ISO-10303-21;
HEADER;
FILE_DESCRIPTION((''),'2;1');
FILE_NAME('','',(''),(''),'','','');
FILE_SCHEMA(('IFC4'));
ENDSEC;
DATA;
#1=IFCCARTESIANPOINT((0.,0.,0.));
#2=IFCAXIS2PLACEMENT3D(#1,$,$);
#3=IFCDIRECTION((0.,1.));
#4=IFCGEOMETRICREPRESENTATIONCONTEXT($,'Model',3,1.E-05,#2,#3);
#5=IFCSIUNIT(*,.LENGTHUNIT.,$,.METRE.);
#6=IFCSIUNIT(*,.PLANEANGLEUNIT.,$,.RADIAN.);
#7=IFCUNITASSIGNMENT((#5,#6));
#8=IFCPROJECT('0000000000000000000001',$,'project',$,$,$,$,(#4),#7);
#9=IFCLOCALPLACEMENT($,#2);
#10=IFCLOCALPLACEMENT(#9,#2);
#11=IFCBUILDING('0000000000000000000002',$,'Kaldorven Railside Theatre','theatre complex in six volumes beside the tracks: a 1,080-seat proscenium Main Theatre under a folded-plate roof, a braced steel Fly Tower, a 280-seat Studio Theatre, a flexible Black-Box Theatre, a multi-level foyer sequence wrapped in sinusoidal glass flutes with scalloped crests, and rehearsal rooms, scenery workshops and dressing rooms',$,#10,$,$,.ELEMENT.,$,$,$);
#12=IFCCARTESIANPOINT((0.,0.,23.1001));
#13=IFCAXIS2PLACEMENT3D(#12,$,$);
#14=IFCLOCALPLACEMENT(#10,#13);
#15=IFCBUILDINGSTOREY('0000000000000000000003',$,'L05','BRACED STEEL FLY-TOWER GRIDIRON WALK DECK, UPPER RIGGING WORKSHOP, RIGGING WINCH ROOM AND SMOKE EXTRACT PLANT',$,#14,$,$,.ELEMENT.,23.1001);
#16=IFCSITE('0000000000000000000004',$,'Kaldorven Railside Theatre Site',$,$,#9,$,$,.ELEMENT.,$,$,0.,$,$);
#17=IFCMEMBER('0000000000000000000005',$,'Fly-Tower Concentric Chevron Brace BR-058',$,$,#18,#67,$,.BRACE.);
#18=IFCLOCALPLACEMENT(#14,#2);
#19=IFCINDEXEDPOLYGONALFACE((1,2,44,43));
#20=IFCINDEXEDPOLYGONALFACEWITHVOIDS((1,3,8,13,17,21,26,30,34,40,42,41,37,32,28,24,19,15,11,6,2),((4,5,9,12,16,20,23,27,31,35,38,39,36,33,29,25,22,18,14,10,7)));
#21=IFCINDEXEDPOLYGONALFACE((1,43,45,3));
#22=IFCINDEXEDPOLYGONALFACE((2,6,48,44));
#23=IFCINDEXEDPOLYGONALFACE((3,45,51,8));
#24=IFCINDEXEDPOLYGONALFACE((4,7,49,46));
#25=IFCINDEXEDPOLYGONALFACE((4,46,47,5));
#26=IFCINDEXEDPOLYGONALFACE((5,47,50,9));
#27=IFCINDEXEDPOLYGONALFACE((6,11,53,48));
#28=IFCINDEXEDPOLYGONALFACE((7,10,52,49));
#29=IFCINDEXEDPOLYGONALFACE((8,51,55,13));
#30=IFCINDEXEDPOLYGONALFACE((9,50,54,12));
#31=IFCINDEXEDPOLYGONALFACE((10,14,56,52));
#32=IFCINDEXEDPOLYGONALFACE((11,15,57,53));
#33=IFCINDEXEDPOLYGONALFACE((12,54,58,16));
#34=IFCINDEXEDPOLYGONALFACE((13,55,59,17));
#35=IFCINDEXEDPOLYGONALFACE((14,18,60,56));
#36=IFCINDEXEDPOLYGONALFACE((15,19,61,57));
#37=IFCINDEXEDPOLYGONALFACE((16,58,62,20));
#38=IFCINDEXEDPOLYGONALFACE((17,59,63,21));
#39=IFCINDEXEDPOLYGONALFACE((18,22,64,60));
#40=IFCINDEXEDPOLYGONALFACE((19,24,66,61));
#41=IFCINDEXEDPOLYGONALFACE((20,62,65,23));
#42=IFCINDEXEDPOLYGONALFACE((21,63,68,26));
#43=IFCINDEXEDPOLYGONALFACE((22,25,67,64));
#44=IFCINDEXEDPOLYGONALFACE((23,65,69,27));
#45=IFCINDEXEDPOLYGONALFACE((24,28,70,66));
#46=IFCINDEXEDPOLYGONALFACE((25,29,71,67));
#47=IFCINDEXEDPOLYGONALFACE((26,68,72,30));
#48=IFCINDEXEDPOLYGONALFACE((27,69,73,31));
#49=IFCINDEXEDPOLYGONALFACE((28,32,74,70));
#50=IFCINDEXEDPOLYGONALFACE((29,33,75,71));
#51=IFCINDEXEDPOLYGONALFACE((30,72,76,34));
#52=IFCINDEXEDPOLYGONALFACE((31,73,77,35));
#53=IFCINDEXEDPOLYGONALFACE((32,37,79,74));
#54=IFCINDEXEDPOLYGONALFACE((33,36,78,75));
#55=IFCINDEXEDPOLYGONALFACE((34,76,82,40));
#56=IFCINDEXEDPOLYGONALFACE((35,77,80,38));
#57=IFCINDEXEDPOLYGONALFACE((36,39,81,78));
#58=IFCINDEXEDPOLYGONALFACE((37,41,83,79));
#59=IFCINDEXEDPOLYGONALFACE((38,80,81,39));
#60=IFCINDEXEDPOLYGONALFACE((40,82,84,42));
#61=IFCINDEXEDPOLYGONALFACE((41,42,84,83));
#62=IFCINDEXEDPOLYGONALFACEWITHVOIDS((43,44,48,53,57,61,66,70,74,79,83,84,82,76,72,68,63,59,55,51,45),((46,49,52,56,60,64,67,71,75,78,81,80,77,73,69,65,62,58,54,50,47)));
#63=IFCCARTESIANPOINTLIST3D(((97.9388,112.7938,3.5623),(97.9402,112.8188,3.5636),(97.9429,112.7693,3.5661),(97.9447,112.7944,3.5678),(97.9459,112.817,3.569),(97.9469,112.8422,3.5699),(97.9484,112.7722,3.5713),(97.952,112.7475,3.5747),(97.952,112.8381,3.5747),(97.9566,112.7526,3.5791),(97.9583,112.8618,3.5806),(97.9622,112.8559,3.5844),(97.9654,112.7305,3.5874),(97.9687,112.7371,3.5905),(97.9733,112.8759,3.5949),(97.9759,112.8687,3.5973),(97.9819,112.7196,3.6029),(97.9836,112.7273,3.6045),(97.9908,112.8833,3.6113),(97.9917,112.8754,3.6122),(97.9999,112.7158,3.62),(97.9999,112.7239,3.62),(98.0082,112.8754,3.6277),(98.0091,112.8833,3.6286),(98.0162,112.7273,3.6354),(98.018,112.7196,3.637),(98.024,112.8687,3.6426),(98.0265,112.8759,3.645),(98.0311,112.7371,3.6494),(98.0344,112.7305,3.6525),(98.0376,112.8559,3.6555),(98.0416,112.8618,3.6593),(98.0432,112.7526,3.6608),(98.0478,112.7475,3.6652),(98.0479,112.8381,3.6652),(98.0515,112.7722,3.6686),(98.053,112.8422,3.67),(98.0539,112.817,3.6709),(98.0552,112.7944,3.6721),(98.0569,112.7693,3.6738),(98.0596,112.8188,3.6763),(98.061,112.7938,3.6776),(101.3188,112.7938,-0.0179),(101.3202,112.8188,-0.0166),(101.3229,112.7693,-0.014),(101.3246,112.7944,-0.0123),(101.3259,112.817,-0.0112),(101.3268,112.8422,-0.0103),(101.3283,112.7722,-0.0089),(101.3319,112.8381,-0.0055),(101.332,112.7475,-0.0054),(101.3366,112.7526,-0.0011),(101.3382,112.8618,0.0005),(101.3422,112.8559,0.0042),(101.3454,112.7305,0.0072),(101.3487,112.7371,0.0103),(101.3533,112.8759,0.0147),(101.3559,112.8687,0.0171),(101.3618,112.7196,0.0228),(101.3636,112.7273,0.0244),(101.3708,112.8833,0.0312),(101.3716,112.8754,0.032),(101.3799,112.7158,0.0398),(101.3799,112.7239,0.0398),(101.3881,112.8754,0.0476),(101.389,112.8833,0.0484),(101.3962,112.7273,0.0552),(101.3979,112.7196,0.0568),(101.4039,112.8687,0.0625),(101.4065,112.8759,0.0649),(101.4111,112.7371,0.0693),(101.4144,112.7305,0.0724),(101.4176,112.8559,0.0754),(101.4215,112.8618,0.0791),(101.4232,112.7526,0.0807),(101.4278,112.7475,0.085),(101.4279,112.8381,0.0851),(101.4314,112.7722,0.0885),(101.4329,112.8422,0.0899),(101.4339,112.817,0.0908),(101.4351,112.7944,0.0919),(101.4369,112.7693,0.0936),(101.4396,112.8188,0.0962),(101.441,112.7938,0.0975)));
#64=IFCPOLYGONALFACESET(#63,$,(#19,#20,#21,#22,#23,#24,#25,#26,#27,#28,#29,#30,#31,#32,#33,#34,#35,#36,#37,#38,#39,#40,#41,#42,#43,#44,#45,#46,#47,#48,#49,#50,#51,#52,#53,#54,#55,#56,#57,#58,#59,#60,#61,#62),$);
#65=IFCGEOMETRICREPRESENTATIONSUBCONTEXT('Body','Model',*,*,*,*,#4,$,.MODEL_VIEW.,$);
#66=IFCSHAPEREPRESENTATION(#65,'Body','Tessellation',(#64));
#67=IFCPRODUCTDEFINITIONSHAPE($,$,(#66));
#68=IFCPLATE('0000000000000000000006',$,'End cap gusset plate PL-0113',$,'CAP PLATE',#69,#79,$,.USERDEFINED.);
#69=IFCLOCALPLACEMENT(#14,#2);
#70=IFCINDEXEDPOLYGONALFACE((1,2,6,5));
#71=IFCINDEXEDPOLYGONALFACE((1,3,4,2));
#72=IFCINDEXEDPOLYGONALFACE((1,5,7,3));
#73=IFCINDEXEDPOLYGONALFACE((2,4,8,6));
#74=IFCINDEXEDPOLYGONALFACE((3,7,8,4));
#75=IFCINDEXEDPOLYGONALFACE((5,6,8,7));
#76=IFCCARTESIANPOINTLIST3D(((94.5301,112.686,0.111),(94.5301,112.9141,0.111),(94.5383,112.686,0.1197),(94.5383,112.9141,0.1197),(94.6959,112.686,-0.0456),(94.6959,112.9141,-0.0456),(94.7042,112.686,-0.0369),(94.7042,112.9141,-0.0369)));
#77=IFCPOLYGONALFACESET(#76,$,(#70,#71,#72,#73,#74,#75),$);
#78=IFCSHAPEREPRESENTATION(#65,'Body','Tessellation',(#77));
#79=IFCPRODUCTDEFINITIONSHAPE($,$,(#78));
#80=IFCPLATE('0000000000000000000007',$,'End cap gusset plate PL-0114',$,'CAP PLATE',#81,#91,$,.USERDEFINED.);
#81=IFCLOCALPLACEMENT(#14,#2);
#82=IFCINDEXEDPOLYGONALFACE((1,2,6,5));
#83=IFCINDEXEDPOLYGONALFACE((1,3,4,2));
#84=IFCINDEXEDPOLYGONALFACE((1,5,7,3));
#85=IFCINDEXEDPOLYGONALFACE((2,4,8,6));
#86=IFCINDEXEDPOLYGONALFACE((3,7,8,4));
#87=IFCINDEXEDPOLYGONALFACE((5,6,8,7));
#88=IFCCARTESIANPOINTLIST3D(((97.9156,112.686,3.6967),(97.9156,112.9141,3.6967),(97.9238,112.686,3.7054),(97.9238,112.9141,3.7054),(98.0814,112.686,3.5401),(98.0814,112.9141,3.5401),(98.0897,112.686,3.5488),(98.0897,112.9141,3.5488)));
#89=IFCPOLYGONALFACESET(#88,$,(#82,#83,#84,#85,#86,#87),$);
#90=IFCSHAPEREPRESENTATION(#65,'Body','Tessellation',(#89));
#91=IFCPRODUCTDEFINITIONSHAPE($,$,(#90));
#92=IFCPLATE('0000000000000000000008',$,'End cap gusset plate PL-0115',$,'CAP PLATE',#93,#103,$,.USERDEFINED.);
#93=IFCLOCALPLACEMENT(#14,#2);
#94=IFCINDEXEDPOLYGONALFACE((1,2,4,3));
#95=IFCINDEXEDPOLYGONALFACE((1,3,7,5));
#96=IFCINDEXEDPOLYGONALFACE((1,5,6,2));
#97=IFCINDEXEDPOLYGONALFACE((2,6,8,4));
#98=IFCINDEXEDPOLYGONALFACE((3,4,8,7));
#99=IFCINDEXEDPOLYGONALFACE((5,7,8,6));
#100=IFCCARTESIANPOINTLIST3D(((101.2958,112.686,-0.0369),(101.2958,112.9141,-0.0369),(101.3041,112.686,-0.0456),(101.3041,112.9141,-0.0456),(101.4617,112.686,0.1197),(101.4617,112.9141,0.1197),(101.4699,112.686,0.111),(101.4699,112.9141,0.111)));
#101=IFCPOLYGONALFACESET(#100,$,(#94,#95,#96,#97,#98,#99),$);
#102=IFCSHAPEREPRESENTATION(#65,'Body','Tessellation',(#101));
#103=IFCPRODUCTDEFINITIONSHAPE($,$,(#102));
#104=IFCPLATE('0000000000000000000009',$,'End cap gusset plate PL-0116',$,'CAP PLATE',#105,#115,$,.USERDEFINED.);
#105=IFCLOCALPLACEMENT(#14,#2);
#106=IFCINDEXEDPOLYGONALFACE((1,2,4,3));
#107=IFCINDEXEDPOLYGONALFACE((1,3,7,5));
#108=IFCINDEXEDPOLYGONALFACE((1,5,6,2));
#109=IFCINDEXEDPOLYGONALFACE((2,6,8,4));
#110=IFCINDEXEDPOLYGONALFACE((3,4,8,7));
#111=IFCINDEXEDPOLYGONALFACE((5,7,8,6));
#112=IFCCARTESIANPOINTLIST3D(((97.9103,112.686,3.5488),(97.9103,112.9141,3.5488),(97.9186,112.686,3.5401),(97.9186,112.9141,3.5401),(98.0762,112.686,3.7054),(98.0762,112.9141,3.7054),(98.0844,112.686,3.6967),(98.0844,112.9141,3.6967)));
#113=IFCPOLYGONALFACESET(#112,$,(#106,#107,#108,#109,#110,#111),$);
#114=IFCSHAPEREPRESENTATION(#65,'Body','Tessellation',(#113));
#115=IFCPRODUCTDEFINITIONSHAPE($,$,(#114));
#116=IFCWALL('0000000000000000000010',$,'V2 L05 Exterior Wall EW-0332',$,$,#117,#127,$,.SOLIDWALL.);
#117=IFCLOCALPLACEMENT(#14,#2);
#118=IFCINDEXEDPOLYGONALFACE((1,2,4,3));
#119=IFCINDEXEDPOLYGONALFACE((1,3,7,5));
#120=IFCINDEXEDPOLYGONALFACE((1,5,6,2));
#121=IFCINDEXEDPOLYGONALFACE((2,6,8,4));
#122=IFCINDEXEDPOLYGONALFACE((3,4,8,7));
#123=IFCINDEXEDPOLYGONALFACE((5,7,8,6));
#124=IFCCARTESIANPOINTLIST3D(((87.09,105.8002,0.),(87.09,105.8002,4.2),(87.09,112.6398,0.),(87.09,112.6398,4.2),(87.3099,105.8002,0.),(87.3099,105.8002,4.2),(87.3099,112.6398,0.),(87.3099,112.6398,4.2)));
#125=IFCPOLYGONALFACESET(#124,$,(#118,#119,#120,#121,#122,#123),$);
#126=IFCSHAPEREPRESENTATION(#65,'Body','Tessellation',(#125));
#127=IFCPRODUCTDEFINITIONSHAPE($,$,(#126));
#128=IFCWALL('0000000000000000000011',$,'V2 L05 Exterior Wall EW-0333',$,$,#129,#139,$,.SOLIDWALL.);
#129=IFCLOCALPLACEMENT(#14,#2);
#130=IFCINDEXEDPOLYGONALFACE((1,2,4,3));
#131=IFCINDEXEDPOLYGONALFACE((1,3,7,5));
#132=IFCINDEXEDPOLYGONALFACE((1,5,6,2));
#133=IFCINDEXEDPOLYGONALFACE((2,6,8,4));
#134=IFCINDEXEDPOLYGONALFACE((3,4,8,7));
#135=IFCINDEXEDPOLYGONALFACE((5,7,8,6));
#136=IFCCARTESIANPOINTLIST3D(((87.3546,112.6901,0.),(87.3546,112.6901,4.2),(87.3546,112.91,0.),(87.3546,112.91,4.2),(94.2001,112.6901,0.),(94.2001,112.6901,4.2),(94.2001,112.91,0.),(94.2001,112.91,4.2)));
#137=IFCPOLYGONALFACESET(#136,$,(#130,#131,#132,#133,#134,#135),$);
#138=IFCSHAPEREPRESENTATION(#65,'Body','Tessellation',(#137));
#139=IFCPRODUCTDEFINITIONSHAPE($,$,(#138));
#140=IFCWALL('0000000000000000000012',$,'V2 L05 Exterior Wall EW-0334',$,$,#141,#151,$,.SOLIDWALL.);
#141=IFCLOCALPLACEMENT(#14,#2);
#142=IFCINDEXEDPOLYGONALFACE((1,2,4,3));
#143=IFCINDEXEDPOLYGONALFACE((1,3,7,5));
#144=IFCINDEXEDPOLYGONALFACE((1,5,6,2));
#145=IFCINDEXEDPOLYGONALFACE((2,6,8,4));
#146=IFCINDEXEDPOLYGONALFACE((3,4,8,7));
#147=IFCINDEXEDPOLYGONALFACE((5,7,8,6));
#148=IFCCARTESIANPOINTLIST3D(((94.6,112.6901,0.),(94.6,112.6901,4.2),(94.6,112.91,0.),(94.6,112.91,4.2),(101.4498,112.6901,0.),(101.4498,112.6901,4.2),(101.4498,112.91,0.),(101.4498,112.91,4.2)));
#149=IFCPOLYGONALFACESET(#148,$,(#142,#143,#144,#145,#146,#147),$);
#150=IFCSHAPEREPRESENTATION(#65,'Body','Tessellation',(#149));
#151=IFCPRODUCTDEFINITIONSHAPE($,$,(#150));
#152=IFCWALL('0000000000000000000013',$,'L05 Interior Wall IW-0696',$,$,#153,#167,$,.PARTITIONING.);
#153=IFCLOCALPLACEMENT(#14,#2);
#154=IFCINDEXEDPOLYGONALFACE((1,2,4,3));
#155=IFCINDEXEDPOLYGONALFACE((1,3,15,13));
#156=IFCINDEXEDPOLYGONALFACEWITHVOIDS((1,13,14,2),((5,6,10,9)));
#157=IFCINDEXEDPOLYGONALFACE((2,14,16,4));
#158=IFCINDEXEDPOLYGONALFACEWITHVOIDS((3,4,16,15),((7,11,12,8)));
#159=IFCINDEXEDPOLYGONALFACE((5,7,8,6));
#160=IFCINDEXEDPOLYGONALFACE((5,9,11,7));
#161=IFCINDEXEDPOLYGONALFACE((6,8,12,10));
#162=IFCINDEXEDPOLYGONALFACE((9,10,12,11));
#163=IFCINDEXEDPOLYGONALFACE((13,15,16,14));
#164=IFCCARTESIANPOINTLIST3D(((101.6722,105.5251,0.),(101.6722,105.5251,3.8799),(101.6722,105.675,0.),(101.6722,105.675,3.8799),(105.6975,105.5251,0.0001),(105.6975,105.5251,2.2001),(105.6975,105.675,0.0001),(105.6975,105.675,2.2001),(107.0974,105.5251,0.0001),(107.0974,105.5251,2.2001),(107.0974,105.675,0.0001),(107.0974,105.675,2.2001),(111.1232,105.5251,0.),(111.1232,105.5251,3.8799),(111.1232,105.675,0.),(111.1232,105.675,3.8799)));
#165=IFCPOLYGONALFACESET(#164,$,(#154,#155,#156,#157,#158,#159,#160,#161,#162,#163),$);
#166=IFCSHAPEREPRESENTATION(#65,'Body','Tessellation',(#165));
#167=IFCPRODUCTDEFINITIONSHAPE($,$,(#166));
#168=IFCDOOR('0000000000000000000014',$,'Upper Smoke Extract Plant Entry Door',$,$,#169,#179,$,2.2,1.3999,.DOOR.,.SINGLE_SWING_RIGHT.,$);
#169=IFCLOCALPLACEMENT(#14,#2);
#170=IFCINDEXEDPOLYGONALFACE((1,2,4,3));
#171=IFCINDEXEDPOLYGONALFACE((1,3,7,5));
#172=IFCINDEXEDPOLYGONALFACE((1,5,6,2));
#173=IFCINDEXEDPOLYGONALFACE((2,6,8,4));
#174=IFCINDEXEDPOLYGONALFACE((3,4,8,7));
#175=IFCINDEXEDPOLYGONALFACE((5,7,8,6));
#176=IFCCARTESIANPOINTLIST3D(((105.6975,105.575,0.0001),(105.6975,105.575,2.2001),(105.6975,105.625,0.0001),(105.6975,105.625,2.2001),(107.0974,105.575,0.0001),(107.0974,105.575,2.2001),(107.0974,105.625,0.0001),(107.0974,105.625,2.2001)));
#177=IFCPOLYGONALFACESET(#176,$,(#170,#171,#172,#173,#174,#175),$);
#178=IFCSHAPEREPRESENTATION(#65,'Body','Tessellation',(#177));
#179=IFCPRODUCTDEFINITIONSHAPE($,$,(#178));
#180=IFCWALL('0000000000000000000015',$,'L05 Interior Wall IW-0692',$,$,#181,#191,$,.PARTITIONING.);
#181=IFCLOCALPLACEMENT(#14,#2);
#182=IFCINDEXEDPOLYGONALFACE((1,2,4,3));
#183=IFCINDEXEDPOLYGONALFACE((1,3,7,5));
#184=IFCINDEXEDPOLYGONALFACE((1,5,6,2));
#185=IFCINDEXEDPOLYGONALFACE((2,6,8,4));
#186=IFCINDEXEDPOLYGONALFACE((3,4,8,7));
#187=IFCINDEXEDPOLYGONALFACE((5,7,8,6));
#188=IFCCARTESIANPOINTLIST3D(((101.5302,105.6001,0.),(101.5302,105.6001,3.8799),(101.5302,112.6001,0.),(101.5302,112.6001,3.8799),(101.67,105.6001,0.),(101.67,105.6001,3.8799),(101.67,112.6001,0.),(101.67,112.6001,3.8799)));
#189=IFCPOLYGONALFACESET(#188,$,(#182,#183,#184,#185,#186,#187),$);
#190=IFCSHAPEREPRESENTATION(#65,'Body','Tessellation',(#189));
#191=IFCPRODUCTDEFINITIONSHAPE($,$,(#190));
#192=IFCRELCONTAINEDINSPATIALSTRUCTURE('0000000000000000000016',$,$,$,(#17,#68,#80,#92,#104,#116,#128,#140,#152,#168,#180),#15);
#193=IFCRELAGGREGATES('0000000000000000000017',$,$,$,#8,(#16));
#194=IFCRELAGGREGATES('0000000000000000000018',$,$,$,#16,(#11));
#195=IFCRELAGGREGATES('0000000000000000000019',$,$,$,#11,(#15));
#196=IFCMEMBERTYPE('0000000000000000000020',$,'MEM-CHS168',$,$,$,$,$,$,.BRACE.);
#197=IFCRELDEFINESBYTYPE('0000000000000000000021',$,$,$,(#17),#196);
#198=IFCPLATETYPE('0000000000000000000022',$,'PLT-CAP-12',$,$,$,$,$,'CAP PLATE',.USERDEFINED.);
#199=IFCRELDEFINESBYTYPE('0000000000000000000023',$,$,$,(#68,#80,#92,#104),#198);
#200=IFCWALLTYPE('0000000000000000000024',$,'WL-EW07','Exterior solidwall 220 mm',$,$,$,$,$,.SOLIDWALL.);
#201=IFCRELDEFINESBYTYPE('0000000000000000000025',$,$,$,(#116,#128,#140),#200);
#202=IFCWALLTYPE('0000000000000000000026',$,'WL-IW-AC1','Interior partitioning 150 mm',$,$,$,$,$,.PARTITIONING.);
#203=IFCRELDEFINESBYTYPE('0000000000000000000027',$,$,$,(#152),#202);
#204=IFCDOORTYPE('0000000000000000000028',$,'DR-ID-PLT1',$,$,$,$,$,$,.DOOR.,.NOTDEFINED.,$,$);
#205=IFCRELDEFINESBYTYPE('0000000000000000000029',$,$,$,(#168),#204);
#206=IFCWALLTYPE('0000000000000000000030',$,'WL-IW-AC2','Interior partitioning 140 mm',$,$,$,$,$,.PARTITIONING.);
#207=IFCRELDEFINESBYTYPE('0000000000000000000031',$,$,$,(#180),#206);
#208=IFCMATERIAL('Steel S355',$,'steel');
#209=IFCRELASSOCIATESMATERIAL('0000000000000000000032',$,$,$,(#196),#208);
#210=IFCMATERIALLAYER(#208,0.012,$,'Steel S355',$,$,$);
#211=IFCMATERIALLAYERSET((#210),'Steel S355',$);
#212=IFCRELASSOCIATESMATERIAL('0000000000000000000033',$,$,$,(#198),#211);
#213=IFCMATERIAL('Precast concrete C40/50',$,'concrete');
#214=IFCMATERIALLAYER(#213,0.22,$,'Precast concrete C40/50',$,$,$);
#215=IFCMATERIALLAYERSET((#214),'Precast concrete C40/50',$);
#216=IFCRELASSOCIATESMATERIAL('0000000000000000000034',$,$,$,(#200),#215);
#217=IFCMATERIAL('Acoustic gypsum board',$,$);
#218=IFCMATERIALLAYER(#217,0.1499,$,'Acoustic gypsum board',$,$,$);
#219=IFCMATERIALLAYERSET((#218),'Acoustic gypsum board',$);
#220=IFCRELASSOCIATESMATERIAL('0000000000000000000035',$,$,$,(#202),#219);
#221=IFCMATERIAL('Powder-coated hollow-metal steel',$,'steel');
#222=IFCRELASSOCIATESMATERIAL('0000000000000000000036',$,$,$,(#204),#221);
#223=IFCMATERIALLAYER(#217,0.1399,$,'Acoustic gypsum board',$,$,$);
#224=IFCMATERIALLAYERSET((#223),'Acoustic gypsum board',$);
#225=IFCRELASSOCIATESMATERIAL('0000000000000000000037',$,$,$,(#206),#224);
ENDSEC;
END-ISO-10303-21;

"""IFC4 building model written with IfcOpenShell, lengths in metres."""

from ifc_helpers import new_model, si_unit, direction, frame, frame_2d, origin, origin_2d, place, context, subcontext, project, spatial, rectangle, hollow_circle, extrude, material, layer, layer_set, material_profile, profile_set, type_object, element, fill, save


model = new_model("IFC4")

# Units and contexts
model_context = context("Model", 3, precision=1e-05, world=origin(), true_north=direction((0.0, 1.0)))
body_context = subcontext(model_context, "Body", "Model", "MODEL_VIEW")
ifc_project = project(units=[si_unit("LENGTHUNIT", "METRE"), si_unit("PLANEANGLEUNIT", "RADIAN")], contexts=[model_context])

# Site, building, storey
site_placement = place(None, origin())
site = spatial("IfcSite", under=ifc_project, at=site_placement, Name="Kaldorven Railside Theatre Site", CompositionType="ELEMENT", RefElevation=0.0)
building_placement = place(site_placement, origin())
building = spatial("IfcBuilding", under=site, at=building_placement, Name="Kaldorven Railside Theatre", Description="theatre complex in six volumes beside the tracks: a 1,080-seat proscenium Main Theatre under a folded-plate roof, a braced steel Fly Tower, a 280-seat Studio Theatre, a flexible Black-Box Theatre, a multi-level foyer sequence wrapped in sinusoidal glass flutes with scalloped crests, and rehearsal rooms, scenery workshops and dressing rooms", CompositionType="ELEMENT")
storey_placement = place(building_placement, frame((0.0, 0.0, 23.1001)))
storey = spatial("IfcBuildingStorey", under=building, at=storey_placement, Name="L05", Description="BRACED STEEL FLY-TOWER GRIDIRON WALK DECK, UPPER RIGGING WORKSHOP, RIGGING WINCH ROOM AND SMOKE EXTRACT PLANT", CompositionType="ELEMENT", Elevation=23.1001)

# Shared definitions
ifc_material_1 = material(Name="Steel S355", Category="steel")

# Member
ifc_material_profile_1 = material_profile(ifc_material_1, hollow_circle(Radius=0.0842, WallThickness=0.0081, at=origin_2d()), Name="CHS 168.3x8")
ifc_profile_set_1 = profile_set([ifc_material_profile_1], Name="Steel S355")
member_type = type_object("IfcMemberType", Name="MEM-CHS168", PredefinedType="BRACE", material=ifc_profile_set_1)
for number, where, z_axis, x_axis, name in (
    (1, (101.3799, 112.8, 0.0398), (-0.686484, 0.0, 0.727145), (0.0, -1.0, 0.0), "Fly-Tower Concentric Chevron Brace BR-058"),
):
    element("IfcMember", number, at=place(storey_placement, frame(where, z_axis=z_axis, x_axis=x_axis)), inside=storey, type_object=member_type, Name=name, PredefinedType="BRACE", context=body_context, shape_type="SweptSolid", body=[
        extrude(hollow_circle(Radius=0.0842, WallThickness=0.0081, at=origin_2d()), origin(), (0.0, 0.0, 1.0), 4.9236),
    ])

# Plates
ifc_layer_1 = layer(ifc_material_1, 0.012, Name="Steel S355")
ifc_layer_set_1 = layer_set([ifc_layer_1], Name="Steel S355")
plate_type = type_object("IfcPlateType", Name="PLT-CAP-12", ElementType="CAP PLATE", PredefinedType="USERDEFINED", material=ifc_layer_set_1)
for number, where, z_axis, x_axis, name in (
    (2, (94.613, 112.8, 0.0327), (0.686453, 0.0, 0.727174), (0.0, 1.0, 0.0), "End cap gusset plate PL-0113"),
    (3, (97.9985, 112.8, 3.6184), (0.686453, 0.0, 0.727174), (0.0, 1.0, 0.0), "End cap gusset plate PL-0114"),
    (4, (101.387, 112.8, 0.0327), (-0.686453, 0.0, 0.727174), (0.0, -1.0, 0.0), "End cap gusset plate PL-0115"),
    (5, (98.0015, 112.8, 3.6184), (-0.686453, 0.0, 0.727174), (0.0, -1.0, 0.0), "End cap gusset plate PL-0116"),
):
    element("IfcPlate", number, at=place(storey_placement, frame(where, z_axis=z_axis, x_axis=x_axis)), inside=storey, type_object=plate_type, Name=name, ObjectType="CAP PLATE", PredefinedType="USERDEFINED", context=body_context, shape_type="SweptSolid", body=[
        extrude(rectangle(XDim=0.228, YDim=0.228, at=origin_2d()), origin(), (0.0, 0.0, 1.0), 0.012),
    ])

# Walls
ifc_material_2 = material(Name="Precast concrete C40/50", Category="concrete")
ifc_layer_2 = layer(ifc_material_2, 0.22, Name="Precast concrete C40/50")
ifc_layer_set_2 = layer_set([ifc_layer_2], Name="Precast concrete C40/50")
wall_type_1 = type_object("IfcWallType", Name="WL-EW07", Description="Exterior solidwall 220 mm", PredefinedType="SOLIDWALL", material=ifc_layer_set_2)
wall_1_placement = place(storey_placement, frame((87.2, 105.8, 0.0), z_axis=(0.0, 0.0, 1.0), x_axis=(0.0, 1.0, 0.0)))
element("IfcWall", 6, at=wall_1_placement, inside=storey, type_object=wall_type_1, Name="V2 L05 Exterior Wall EW-0332", PredefinedType="SOLIDWALL", context=body_context, shape_type="SweptSolid", body=[
    extrude(rectangle(XDim=6.8396, YDim=0.22, at=frame_2d((3.4199, 0.0))), origin(), (0.0, 0.0, 1.0), 4.2),
])
wall_2_placement = place(storey_placement, frame((87.3545, 112.8, 0.0), z_axis=(0.0, 0.0, 1.0), x_axis=(1.0, 0.0, 0.0)))
element("IfcWall", 7, at=wall_2_placement, inside=storey, type_object=wall_type_1, Name="V2 L05 Exterior Wall EW-0333", PredefinedType="SOLIDWALL", context=body_context, shape_type="SweptSolid", body=[
    extrude(rectangle(XDim=6.8455, YDim=0.22, at=frame_2d((3.4229, 0.0))), origin(), (0.0, 0.0, 1.0), 4.2),
])
wall_3_placement = place(storey_placement, frame((94.6001, 112.8, 0.0), z_axis=(0.0, 0.0, 1.0), x_axis=(1.0, 0.0, 0.0)))
element("IfcWall", 8, at=wall_3_placement, inside=storey, type_object=wall_type_1, Name="V2 L05 Exterior Wall EW-0334", PredefinedType="SOLIDWALL", context=body_context, shape_type="SweptSolid", body=[
    extrude(rectangle(XDim=6.8499, YDim=0.22, at=frame_2d((3.4248, 0.0))), origin(), (0.0, 0.0, 1.0), 4.2),
])

# Wall, opening, door
ifc_material_3 = material(Name="Acoustic gypsum board")
ifc_layer_3 = layer(ifc_material_3, 0.1499, Name="Acoustic gypsum board")
ifc_layer_set_3 = layer_set([ifc_layer_3], Name="Acoustic gypsum board")
wall_type_2 = type_object("IfcWallType", Name="WL-IW-AC1", Description="Interior partitioning 150 mm", PredefinedType="PARTITIONING", material=ifc_layer_set_3)
wall_4_placement = place(storey_placement, frame((101.6721, 105.6001, 0.0), z_axis=(0.0, 0.0, 1.0), x_axis=(1.0, 0.0, 0.0)))
wall_4 = element("IfcWall", 9, at=wall_4_placement, inside=storey, type_object=wall_type_2, Name="L05 Interior Wall IW-0696", PredefinedType="PARTITIONING", context=body_context, shape_type="SweptSolid", body=[
    extrude(rectangle(XDim=9.4509, YDim=0.1499, at=frame_2d((4.7256, 0.0))), origin(), (0.0, 0.0, 1.0), 3.8799),
])
opening_placement = place(wall_4_placement, frame((4.0254, 0.0, 0.0)))
opening = element("IfcOpeningElement", 10, at=opening_placement, cuts=wall_4, PredefinedType="OPENING", context=body_context, shape_type="SweptSolid", body=[
    extrude(rectangle(XDim=1.3999, YDim=2.2, at=frame_2d((0.7, 1.1001))), frame((0.0, 0.085, 0.0), z_axis=(0.0, -1.0, 0.0), x_axis=(1.0, 0.0, 0.0)), (0.0, 0.0, 1.0), 0.1699),
])
ifc_material_4 = material(Name="Powder-coated hollow-metal steel", Category="steel")
door_type = type_object("IfcDoorType", Name="DR-ID-PLT1", OperationType="NOTDEFINED", PredefinedType="DOOR", material=ifc_material_4)
door_placement = place(opening_placement, origin())
door = element("IfcDoor", 11, at=door_placement, inside=storey, type_object=door_type, Name="Upper Smoke Extract Plant Entry Door", OperationType="SINGLE_SWING_RIGHT", OverallHeight=2.2, OverallWidth=1.3999, PredefinedType="DOOR", context=body_context, shape_type="SweptSolid", body=[
    extrude(rectangle(XDim=1.3999, YDim=2.2, at=frame_2d((0.7, 1.1001))), frame((0.0, 0.0249, 0.0), z_axis=(0.0, -1.0, 0.0), x_axis=(1.0, 0.0, 0.0)), (0.0, 0.0, 1.0), 0.05),
])
fill(opening, door)

# Wall
ifc_layer_4 = layer(ifc_material_3, 0.1399, Name="Acoustic gypsum board")
ifc_layer_set_4 = layer_set([ifc_layer_4], Name="Acoustic gypsum board")
wall_type_3 = type_object("IfcWallType", Name="WL-IW-AC2", Description="Interior partitioning 140 mm", PredefinedType="PARTITIONING", material=ifc_layer_set_4)
wall_5_placement = place(storey_placement, frame((101.6001, 105.6001, 0.0), z_axis=(0.0, 0.0, 1.0), x_axis=(0.0, 1.0, 0.0)))
element("IfcWall", 12, at=wall_5_placement, inside=storey, type_object=wall_type_3, Name="L05 Interior Wall IW-0692", PredefinedType="PARTITIONING", context=body_context, shape_type="SweptSolid", body=[
    extrude(rectangle(XDim=7.0, YDim=0.1399, at=frame_2d((3.5, 0.0))), origin(), (0.0, 0.0, 1.0), 3.8799),
])

save(model, "model.ifc")
